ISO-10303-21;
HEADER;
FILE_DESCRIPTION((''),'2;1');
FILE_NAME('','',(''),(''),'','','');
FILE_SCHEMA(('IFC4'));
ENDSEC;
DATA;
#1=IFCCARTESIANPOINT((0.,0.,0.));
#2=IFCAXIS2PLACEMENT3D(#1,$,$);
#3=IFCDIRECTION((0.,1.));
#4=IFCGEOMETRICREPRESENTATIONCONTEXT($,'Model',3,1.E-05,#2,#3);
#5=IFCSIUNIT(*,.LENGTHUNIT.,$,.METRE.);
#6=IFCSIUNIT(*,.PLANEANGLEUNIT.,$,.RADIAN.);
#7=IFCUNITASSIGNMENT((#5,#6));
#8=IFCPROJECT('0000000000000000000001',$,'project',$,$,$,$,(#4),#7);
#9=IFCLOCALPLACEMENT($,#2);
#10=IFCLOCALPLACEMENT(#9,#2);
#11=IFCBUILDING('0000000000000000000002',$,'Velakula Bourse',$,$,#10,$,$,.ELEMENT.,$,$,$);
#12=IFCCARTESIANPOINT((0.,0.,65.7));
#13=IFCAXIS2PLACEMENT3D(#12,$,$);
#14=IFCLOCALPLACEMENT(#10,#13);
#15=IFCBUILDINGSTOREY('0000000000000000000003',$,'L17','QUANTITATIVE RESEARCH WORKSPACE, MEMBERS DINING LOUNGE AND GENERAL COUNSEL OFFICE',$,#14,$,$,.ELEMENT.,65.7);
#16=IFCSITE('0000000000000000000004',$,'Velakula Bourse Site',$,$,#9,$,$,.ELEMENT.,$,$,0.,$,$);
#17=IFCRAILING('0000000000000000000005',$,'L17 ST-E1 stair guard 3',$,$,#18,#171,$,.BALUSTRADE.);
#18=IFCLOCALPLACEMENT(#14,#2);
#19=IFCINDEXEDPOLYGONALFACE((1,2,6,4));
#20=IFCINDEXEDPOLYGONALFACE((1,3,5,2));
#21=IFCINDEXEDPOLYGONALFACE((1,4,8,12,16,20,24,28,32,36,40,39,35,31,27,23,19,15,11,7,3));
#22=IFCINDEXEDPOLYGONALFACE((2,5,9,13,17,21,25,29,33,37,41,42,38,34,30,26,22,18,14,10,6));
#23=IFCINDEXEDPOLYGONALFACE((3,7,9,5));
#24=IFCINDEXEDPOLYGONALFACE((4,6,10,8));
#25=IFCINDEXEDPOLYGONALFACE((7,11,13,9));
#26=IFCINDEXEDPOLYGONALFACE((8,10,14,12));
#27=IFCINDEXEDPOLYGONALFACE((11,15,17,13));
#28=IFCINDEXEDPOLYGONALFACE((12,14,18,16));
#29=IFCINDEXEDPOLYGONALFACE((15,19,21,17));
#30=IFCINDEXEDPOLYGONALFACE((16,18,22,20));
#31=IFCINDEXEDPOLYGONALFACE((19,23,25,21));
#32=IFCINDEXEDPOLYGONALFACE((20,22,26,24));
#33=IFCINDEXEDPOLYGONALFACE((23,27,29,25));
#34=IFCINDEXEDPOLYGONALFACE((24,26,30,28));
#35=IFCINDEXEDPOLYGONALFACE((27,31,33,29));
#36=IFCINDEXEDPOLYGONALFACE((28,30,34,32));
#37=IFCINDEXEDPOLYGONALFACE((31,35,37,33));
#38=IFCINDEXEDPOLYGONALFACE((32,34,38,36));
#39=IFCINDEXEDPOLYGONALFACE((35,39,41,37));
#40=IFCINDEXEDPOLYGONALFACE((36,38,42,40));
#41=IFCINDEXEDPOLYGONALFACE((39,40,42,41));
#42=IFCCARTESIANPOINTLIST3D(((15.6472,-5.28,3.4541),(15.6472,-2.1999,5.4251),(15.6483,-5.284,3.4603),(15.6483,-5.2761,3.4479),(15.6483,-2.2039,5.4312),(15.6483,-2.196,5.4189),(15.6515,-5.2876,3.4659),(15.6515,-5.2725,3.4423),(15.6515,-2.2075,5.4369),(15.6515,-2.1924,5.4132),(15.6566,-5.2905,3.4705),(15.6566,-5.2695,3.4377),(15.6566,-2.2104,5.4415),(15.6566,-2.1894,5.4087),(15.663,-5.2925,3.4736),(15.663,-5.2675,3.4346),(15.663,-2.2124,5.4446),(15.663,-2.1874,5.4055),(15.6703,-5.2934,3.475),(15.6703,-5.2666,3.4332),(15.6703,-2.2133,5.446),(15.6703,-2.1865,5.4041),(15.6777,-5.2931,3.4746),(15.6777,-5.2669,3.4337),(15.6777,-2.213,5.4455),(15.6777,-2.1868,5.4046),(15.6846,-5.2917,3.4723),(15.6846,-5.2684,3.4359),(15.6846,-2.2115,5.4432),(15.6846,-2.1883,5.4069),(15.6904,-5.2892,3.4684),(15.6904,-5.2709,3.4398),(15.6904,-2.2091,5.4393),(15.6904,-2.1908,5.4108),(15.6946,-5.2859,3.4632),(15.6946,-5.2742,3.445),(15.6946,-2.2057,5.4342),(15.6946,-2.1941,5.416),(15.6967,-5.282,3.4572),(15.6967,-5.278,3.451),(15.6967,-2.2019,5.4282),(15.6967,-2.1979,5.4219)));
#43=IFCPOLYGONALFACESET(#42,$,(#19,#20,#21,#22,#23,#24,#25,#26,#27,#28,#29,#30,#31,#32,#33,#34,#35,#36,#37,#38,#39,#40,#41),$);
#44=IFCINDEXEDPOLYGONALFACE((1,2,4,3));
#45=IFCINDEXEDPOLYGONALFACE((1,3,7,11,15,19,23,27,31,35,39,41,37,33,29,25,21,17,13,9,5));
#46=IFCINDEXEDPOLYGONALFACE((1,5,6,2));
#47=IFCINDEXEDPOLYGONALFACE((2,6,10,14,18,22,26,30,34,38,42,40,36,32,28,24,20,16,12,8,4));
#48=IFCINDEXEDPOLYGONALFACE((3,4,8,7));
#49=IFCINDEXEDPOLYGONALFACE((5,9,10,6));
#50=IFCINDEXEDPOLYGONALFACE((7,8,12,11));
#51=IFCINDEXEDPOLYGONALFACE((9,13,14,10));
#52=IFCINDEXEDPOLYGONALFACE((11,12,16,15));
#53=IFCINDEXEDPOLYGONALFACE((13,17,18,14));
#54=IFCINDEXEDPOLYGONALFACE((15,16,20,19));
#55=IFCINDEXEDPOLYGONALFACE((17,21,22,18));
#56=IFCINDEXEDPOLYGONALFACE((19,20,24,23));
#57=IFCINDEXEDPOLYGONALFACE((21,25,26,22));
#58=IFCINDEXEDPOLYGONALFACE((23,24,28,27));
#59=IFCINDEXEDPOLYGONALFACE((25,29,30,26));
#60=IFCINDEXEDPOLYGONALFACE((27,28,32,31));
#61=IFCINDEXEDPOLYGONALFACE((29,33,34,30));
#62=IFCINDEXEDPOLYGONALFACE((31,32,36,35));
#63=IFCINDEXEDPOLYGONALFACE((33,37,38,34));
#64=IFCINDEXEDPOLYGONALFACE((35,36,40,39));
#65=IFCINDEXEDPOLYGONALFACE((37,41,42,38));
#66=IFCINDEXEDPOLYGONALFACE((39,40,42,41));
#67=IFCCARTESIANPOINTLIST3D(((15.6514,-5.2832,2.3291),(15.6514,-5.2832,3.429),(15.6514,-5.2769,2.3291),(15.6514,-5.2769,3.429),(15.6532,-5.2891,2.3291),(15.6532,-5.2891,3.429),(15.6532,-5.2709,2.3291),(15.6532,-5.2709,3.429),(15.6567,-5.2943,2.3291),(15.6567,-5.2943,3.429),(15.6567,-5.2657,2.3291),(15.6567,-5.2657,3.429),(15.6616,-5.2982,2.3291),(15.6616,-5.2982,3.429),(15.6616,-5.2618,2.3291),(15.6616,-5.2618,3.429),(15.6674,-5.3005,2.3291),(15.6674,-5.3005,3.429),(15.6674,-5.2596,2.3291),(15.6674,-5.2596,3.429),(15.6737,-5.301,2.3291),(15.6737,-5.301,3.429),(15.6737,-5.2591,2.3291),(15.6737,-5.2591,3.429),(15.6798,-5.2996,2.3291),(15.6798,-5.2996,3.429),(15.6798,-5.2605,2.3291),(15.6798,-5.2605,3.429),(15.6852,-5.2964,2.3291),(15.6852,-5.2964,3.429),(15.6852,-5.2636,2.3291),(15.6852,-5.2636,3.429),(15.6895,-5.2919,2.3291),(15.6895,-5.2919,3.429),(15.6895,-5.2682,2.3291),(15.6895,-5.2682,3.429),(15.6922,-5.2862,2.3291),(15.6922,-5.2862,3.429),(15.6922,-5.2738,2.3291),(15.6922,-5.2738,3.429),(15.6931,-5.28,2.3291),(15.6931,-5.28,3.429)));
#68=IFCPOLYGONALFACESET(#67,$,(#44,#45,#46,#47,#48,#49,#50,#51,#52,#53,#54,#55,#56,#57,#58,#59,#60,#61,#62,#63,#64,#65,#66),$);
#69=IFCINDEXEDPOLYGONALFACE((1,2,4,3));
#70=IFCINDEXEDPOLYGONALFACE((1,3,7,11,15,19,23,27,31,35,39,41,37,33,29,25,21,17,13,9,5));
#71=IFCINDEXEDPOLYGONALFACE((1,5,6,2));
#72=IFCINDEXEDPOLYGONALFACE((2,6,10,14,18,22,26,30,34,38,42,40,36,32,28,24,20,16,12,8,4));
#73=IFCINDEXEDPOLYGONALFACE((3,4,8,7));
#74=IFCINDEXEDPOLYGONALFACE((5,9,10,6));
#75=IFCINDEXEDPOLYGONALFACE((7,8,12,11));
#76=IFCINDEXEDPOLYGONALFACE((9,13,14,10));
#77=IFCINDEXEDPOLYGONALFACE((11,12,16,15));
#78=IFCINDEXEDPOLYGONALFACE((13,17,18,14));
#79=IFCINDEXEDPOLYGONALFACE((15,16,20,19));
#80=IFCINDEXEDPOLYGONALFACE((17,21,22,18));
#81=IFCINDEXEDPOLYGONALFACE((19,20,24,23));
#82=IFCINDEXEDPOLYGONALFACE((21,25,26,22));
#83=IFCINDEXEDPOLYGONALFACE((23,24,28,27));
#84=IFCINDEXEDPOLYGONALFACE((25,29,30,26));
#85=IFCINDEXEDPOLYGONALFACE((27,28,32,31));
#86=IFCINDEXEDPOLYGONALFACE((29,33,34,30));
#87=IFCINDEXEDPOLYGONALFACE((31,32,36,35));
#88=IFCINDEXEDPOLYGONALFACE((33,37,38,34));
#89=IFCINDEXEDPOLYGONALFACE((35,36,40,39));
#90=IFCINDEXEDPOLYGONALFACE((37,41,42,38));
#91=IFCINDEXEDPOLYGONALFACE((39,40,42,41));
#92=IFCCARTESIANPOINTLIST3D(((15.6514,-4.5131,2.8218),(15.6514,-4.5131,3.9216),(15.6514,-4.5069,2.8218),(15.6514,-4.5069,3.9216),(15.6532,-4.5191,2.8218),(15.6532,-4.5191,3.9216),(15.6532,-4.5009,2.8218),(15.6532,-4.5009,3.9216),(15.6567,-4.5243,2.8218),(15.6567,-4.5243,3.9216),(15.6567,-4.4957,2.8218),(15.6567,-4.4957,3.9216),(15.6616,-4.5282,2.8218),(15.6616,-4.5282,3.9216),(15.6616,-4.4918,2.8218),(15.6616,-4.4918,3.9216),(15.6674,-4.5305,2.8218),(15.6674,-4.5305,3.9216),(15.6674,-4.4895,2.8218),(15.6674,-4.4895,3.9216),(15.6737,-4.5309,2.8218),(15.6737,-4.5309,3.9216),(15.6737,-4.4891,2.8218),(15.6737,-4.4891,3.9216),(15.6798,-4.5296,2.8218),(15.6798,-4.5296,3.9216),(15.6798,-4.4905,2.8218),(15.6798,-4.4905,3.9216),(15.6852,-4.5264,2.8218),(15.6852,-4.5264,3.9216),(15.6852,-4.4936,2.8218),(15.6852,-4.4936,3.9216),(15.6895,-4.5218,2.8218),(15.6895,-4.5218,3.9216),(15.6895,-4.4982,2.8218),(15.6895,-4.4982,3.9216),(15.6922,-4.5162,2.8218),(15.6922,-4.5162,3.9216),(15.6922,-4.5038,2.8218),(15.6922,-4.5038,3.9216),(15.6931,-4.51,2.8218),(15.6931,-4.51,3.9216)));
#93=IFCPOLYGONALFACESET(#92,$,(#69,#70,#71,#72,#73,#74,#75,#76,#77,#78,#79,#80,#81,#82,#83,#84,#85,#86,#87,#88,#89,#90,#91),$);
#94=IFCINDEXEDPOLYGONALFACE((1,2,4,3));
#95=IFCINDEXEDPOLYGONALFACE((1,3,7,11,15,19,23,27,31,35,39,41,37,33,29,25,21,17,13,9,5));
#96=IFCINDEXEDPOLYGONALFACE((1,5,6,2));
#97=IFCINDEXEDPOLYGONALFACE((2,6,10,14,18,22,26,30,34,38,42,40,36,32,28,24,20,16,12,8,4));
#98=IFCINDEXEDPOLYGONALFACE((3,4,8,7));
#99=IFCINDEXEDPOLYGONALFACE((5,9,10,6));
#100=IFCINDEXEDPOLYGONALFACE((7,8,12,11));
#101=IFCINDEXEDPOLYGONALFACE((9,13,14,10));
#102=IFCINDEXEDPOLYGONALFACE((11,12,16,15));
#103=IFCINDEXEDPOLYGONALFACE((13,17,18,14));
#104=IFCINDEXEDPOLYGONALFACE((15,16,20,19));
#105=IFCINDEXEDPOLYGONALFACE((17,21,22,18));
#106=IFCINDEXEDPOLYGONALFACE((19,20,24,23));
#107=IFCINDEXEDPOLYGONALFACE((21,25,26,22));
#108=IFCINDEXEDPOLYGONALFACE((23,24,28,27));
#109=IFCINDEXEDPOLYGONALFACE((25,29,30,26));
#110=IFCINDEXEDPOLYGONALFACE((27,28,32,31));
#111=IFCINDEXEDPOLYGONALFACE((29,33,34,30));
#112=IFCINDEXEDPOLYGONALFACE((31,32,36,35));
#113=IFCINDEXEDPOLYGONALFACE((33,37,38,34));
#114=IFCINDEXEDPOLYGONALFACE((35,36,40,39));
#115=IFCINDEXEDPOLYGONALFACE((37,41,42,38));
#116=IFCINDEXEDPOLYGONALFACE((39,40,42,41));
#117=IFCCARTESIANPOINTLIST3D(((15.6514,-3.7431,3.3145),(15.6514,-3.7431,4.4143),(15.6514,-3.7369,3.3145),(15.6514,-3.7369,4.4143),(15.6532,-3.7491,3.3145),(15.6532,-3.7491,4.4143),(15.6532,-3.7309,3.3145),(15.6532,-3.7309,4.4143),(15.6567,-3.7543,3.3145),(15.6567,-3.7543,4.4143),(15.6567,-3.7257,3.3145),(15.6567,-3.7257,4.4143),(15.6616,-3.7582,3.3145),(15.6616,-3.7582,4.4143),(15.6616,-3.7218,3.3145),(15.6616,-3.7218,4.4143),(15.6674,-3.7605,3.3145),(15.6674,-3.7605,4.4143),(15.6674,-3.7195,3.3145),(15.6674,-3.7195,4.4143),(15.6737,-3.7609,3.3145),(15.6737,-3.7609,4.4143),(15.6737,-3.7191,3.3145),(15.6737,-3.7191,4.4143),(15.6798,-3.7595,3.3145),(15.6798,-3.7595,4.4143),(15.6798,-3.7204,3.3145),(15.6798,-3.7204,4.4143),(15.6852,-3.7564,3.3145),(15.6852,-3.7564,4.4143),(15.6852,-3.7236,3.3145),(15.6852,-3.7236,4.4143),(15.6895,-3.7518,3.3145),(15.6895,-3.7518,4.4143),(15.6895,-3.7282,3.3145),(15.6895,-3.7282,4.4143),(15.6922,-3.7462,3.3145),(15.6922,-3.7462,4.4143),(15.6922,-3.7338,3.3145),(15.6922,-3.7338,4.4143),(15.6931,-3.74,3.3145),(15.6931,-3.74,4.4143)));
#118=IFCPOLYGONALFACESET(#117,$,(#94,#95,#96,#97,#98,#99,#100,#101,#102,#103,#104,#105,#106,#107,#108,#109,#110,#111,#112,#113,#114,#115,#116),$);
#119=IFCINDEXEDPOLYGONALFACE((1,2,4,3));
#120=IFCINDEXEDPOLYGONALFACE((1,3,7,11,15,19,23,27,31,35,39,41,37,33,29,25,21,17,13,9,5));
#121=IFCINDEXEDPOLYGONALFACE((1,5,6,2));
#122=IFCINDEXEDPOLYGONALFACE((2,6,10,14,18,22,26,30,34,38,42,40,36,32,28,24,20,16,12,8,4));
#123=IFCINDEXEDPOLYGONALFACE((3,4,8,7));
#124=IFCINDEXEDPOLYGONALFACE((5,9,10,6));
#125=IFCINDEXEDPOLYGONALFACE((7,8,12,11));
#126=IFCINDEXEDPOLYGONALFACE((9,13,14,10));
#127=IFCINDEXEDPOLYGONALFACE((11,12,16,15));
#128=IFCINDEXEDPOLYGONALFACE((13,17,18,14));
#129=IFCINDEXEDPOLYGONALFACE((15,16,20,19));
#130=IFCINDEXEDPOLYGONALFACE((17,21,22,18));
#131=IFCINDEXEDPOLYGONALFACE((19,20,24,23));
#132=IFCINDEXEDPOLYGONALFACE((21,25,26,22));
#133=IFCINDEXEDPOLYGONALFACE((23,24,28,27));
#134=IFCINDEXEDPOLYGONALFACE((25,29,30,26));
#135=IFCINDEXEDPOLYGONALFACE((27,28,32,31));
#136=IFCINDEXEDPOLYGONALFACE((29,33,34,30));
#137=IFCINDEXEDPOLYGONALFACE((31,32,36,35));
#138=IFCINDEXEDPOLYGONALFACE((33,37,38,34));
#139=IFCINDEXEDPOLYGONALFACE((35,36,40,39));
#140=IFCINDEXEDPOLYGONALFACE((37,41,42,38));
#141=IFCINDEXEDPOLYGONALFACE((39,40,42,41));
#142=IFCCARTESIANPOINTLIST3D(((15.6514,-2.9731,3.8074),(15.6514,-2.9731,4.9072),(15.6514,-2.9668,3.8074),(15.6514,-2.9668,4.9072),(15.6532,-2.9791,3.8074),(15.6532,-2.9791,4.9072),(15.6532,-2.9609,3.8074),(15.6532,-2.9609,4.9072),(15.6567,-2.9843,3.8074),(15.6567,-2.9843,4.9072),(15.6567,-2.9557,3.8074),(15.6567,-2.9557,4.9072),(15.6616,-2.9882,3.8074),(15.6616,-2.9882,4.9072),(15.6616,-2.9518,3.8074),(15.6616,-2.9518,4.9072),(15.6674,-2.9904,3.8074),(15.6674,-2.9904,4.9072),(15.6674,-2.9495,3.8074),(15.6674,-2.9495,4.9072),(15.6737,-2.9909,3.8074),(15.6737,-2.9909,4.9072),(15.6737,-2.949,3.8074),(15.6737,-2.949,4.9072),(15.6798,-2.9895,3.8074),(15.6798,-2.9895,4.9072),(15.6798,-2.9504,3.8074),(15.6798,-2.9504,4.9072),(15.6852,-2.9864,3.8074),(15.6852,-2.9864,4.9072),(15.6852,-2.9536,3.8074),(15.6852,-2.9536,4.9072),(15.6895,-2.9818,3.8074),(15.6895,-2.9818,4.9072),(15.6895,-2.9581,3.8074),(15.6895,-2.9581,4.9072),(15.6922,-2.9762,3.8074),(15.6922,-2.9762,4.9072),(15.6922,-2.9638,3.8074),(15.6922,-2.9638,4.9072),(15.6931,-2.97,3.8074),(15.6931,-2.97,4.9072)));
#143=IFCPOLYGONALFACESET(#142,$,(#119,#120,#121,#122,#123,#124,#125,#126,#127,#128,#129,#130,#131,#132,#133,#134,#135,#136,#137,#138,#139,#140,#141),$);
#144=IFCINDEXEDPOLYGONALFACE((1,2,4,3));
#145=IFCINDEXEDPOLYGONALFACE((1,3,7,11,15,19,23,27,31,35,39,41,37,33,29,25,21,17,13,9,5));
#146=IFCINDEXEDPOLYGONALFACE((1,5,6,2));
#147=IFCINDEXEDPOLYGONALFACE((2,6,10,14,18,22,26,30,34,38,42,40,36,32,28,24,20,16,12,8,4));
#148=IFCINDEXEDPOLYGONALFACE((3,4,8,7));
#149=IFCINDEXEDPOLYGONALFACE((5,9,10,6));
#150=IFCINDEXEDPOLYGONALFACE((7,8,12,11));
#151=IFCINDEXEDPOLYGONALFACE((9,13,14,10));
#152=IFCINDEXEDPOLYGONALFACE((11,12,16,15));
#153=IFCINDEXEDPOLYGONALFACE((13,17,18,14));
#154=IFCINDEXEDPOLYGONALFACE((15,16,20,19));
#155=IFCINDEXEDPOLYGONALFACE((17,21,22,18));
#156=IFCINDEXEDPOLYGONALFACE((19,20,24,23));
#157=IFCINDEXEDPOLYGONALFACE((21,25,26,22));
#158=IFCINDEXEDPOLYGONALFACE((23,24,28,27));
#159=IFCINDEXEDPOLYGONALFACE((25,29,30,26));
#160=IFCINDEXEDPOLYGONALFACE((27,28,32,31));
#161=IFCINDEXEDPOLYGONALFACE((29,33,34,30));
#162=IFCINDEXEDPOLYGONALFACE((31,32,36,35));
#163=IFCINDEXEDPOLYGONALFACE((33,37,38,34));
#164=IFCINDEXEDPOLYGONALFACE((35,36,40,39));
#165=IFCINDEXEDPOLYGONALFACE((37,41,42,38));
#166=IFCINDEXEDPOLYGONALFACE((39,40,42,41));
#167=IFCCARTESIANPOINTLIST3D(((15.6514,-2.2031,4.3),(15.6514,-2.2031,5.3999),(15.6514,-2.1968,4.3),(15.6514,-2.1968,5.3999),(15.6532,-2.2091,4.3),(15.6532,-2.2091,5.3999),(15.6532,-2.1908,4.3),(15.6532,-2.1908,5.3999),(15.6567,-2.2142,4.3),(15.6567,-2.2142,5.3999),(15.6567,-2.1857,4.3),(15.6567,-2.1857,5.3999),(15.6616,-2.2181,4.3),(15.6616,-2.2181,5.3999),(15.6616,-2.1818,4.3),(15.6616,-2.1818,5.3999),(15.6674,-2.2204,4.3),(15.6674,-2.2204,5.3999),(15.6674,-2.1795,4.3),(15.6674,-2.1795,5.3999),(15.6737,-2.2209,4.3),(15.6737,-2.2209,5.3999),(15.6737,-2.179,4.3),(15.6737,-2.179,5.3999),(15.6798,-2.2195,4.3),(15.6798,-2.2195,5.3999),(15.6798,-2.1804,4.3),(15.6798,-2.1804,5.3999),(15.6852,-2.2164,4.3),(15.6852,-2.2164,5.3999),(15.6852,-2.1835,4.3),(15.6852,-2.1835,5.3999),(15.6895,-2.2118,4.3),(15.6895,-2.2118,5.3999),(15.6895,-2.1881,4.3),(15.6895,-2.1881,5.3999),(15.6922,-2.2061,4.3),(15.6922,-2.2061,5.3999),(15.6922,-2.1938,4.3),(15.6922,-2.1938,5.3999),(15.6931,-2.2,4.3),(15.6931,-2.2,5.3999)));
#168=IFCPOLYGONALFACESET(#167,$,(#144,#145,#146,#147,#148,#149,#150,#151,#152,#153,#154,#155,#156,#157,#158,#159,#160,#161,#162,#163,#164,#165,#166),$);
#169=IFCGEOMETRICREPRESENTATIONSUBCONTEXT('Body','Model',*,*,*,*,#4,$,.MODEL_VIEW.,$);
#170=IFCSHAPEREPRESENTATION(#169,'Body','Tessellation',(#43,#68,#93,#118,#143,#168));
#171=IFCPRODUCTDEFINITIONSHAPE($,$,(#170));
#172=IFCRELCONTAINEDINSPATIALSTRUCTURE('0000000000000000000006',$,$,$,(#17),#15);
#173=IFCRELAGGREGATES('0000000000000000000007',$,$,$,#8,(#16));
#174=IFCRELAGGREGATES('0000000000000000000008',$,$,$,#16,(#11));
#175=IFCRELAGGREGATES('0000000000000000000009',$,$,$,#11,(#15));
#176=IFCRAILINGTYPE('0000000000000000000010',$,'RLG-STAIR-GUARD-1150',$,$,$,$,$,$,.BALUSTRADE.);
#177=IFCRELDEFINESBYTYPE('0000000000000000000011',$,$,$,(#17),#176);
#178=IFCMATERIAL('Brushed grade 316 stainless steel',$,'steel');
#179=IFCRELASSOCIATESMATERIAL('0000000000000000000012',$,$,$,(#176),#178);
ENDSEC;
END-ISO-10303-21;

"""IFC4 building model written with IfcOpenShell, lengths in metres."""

from ifc_helpers import new_model, si_unit, direction, frame, origin, origin_2d, place, context, subcontext, project, spatial, circle, extrude, material, type_object, element, save


model = new_model("IFC4")

# Units and contexts
model_context = context("Model", 3, precision=1e-05, world=origin(), true_north=direction((0.0, 1.0)))
body_context = subcontext(model_context, "Body", "Model", "MODEL_VIEW")
ifc_project = project(units=[si_unit("LENGTHUNIT", "METRE"), si_unit("PLANEANGLEUNIT", "RADIAN")], contexts=[model_context])

# Site, building, storey
site_placement = place(None, origin())
site = spatial("IfcSite", under=ifc_project, at=site_placement, Name="Velakula Bourse Site", CompositionType="ELEMENT", RefElevation=0.0)
building_placement = place(site_placement, origin())
building = spatial("IfcBuilding", under=site, at=building_placement, Name="Velakula Bourse", CompositionType="ELEMENT")
storey_placement = place(building_placement, frame((0.0, 0.0, 65.7)))
storey = spatial("IfcBuildingStorey", under=building, at=storey_placement, Name="L17", Description="QUANTITATIVE RESEARCH WORKSPACE, MEMBERS DINING LOUNGE AND GENERAL COUNSEL OFFICE", CompositionType="ELEMENT", Elevation=65.7)

# Shared definitions
ifc_material_1 = material(Name="Brushed grade 316 stainless steel", Category="steel")

# Railing
railing_type_1 = type_object("IfcRailingType", Name="RLG-STAIR-GUARD-1150", PredefinedType="BALUSTRADE", material=ifc_material_1)
railing_1_placement = place(storey_placement, frame((15.6721, -5.28, 2.3291)))
element("IfcRailing", 1, at=railing_1_placement, inside=storey, type_object=railing_type_1, Name="L17 ST-E1 stair guard 3", PredefinedType="BALUSTRADE", context=body_context, shape_type="SweptSolid", body=[
    extrude(circle(Radius=0.0249, at=origin_2d()), frame((0.0, 0.0, 1.125), z_axis=(0.0, 0.842309, 0.538995), x_axis=(-1.0, 0.0, 0.0)), (0.0, 0.0, 1.0), 3.6567),
    extrude(circle(Radius=0.021, at=origin_2d()), origin(), (0.0, 0.0, 1.0), 1.0999),
    extrude(circle(Radius=0.021, at=origin_2d()), frame((0.0, 0.77, 0.4927)), (0.0, 0.0, 1.0), 1.0999),
    extrude(circle(Radius=0.021, at=origin_2d()), frame((0.0, 1.54, 0.9854)), (0.0, 0.0, 1.0), 1.0999),
    extrude(circle(Radius=0.021, at=origin_2d()), frame((0.0, 2.3101, 1.4783)), (0.0, 0.0, 1.0), 1.0999),
    extrude(circle(Radius=0.021, at=origin_2d()), frame((0.0, 3.0801, 1.9709)), (0.0, 0.0, 1.0), 1.0999),
])

save(model, "model.ifc")
